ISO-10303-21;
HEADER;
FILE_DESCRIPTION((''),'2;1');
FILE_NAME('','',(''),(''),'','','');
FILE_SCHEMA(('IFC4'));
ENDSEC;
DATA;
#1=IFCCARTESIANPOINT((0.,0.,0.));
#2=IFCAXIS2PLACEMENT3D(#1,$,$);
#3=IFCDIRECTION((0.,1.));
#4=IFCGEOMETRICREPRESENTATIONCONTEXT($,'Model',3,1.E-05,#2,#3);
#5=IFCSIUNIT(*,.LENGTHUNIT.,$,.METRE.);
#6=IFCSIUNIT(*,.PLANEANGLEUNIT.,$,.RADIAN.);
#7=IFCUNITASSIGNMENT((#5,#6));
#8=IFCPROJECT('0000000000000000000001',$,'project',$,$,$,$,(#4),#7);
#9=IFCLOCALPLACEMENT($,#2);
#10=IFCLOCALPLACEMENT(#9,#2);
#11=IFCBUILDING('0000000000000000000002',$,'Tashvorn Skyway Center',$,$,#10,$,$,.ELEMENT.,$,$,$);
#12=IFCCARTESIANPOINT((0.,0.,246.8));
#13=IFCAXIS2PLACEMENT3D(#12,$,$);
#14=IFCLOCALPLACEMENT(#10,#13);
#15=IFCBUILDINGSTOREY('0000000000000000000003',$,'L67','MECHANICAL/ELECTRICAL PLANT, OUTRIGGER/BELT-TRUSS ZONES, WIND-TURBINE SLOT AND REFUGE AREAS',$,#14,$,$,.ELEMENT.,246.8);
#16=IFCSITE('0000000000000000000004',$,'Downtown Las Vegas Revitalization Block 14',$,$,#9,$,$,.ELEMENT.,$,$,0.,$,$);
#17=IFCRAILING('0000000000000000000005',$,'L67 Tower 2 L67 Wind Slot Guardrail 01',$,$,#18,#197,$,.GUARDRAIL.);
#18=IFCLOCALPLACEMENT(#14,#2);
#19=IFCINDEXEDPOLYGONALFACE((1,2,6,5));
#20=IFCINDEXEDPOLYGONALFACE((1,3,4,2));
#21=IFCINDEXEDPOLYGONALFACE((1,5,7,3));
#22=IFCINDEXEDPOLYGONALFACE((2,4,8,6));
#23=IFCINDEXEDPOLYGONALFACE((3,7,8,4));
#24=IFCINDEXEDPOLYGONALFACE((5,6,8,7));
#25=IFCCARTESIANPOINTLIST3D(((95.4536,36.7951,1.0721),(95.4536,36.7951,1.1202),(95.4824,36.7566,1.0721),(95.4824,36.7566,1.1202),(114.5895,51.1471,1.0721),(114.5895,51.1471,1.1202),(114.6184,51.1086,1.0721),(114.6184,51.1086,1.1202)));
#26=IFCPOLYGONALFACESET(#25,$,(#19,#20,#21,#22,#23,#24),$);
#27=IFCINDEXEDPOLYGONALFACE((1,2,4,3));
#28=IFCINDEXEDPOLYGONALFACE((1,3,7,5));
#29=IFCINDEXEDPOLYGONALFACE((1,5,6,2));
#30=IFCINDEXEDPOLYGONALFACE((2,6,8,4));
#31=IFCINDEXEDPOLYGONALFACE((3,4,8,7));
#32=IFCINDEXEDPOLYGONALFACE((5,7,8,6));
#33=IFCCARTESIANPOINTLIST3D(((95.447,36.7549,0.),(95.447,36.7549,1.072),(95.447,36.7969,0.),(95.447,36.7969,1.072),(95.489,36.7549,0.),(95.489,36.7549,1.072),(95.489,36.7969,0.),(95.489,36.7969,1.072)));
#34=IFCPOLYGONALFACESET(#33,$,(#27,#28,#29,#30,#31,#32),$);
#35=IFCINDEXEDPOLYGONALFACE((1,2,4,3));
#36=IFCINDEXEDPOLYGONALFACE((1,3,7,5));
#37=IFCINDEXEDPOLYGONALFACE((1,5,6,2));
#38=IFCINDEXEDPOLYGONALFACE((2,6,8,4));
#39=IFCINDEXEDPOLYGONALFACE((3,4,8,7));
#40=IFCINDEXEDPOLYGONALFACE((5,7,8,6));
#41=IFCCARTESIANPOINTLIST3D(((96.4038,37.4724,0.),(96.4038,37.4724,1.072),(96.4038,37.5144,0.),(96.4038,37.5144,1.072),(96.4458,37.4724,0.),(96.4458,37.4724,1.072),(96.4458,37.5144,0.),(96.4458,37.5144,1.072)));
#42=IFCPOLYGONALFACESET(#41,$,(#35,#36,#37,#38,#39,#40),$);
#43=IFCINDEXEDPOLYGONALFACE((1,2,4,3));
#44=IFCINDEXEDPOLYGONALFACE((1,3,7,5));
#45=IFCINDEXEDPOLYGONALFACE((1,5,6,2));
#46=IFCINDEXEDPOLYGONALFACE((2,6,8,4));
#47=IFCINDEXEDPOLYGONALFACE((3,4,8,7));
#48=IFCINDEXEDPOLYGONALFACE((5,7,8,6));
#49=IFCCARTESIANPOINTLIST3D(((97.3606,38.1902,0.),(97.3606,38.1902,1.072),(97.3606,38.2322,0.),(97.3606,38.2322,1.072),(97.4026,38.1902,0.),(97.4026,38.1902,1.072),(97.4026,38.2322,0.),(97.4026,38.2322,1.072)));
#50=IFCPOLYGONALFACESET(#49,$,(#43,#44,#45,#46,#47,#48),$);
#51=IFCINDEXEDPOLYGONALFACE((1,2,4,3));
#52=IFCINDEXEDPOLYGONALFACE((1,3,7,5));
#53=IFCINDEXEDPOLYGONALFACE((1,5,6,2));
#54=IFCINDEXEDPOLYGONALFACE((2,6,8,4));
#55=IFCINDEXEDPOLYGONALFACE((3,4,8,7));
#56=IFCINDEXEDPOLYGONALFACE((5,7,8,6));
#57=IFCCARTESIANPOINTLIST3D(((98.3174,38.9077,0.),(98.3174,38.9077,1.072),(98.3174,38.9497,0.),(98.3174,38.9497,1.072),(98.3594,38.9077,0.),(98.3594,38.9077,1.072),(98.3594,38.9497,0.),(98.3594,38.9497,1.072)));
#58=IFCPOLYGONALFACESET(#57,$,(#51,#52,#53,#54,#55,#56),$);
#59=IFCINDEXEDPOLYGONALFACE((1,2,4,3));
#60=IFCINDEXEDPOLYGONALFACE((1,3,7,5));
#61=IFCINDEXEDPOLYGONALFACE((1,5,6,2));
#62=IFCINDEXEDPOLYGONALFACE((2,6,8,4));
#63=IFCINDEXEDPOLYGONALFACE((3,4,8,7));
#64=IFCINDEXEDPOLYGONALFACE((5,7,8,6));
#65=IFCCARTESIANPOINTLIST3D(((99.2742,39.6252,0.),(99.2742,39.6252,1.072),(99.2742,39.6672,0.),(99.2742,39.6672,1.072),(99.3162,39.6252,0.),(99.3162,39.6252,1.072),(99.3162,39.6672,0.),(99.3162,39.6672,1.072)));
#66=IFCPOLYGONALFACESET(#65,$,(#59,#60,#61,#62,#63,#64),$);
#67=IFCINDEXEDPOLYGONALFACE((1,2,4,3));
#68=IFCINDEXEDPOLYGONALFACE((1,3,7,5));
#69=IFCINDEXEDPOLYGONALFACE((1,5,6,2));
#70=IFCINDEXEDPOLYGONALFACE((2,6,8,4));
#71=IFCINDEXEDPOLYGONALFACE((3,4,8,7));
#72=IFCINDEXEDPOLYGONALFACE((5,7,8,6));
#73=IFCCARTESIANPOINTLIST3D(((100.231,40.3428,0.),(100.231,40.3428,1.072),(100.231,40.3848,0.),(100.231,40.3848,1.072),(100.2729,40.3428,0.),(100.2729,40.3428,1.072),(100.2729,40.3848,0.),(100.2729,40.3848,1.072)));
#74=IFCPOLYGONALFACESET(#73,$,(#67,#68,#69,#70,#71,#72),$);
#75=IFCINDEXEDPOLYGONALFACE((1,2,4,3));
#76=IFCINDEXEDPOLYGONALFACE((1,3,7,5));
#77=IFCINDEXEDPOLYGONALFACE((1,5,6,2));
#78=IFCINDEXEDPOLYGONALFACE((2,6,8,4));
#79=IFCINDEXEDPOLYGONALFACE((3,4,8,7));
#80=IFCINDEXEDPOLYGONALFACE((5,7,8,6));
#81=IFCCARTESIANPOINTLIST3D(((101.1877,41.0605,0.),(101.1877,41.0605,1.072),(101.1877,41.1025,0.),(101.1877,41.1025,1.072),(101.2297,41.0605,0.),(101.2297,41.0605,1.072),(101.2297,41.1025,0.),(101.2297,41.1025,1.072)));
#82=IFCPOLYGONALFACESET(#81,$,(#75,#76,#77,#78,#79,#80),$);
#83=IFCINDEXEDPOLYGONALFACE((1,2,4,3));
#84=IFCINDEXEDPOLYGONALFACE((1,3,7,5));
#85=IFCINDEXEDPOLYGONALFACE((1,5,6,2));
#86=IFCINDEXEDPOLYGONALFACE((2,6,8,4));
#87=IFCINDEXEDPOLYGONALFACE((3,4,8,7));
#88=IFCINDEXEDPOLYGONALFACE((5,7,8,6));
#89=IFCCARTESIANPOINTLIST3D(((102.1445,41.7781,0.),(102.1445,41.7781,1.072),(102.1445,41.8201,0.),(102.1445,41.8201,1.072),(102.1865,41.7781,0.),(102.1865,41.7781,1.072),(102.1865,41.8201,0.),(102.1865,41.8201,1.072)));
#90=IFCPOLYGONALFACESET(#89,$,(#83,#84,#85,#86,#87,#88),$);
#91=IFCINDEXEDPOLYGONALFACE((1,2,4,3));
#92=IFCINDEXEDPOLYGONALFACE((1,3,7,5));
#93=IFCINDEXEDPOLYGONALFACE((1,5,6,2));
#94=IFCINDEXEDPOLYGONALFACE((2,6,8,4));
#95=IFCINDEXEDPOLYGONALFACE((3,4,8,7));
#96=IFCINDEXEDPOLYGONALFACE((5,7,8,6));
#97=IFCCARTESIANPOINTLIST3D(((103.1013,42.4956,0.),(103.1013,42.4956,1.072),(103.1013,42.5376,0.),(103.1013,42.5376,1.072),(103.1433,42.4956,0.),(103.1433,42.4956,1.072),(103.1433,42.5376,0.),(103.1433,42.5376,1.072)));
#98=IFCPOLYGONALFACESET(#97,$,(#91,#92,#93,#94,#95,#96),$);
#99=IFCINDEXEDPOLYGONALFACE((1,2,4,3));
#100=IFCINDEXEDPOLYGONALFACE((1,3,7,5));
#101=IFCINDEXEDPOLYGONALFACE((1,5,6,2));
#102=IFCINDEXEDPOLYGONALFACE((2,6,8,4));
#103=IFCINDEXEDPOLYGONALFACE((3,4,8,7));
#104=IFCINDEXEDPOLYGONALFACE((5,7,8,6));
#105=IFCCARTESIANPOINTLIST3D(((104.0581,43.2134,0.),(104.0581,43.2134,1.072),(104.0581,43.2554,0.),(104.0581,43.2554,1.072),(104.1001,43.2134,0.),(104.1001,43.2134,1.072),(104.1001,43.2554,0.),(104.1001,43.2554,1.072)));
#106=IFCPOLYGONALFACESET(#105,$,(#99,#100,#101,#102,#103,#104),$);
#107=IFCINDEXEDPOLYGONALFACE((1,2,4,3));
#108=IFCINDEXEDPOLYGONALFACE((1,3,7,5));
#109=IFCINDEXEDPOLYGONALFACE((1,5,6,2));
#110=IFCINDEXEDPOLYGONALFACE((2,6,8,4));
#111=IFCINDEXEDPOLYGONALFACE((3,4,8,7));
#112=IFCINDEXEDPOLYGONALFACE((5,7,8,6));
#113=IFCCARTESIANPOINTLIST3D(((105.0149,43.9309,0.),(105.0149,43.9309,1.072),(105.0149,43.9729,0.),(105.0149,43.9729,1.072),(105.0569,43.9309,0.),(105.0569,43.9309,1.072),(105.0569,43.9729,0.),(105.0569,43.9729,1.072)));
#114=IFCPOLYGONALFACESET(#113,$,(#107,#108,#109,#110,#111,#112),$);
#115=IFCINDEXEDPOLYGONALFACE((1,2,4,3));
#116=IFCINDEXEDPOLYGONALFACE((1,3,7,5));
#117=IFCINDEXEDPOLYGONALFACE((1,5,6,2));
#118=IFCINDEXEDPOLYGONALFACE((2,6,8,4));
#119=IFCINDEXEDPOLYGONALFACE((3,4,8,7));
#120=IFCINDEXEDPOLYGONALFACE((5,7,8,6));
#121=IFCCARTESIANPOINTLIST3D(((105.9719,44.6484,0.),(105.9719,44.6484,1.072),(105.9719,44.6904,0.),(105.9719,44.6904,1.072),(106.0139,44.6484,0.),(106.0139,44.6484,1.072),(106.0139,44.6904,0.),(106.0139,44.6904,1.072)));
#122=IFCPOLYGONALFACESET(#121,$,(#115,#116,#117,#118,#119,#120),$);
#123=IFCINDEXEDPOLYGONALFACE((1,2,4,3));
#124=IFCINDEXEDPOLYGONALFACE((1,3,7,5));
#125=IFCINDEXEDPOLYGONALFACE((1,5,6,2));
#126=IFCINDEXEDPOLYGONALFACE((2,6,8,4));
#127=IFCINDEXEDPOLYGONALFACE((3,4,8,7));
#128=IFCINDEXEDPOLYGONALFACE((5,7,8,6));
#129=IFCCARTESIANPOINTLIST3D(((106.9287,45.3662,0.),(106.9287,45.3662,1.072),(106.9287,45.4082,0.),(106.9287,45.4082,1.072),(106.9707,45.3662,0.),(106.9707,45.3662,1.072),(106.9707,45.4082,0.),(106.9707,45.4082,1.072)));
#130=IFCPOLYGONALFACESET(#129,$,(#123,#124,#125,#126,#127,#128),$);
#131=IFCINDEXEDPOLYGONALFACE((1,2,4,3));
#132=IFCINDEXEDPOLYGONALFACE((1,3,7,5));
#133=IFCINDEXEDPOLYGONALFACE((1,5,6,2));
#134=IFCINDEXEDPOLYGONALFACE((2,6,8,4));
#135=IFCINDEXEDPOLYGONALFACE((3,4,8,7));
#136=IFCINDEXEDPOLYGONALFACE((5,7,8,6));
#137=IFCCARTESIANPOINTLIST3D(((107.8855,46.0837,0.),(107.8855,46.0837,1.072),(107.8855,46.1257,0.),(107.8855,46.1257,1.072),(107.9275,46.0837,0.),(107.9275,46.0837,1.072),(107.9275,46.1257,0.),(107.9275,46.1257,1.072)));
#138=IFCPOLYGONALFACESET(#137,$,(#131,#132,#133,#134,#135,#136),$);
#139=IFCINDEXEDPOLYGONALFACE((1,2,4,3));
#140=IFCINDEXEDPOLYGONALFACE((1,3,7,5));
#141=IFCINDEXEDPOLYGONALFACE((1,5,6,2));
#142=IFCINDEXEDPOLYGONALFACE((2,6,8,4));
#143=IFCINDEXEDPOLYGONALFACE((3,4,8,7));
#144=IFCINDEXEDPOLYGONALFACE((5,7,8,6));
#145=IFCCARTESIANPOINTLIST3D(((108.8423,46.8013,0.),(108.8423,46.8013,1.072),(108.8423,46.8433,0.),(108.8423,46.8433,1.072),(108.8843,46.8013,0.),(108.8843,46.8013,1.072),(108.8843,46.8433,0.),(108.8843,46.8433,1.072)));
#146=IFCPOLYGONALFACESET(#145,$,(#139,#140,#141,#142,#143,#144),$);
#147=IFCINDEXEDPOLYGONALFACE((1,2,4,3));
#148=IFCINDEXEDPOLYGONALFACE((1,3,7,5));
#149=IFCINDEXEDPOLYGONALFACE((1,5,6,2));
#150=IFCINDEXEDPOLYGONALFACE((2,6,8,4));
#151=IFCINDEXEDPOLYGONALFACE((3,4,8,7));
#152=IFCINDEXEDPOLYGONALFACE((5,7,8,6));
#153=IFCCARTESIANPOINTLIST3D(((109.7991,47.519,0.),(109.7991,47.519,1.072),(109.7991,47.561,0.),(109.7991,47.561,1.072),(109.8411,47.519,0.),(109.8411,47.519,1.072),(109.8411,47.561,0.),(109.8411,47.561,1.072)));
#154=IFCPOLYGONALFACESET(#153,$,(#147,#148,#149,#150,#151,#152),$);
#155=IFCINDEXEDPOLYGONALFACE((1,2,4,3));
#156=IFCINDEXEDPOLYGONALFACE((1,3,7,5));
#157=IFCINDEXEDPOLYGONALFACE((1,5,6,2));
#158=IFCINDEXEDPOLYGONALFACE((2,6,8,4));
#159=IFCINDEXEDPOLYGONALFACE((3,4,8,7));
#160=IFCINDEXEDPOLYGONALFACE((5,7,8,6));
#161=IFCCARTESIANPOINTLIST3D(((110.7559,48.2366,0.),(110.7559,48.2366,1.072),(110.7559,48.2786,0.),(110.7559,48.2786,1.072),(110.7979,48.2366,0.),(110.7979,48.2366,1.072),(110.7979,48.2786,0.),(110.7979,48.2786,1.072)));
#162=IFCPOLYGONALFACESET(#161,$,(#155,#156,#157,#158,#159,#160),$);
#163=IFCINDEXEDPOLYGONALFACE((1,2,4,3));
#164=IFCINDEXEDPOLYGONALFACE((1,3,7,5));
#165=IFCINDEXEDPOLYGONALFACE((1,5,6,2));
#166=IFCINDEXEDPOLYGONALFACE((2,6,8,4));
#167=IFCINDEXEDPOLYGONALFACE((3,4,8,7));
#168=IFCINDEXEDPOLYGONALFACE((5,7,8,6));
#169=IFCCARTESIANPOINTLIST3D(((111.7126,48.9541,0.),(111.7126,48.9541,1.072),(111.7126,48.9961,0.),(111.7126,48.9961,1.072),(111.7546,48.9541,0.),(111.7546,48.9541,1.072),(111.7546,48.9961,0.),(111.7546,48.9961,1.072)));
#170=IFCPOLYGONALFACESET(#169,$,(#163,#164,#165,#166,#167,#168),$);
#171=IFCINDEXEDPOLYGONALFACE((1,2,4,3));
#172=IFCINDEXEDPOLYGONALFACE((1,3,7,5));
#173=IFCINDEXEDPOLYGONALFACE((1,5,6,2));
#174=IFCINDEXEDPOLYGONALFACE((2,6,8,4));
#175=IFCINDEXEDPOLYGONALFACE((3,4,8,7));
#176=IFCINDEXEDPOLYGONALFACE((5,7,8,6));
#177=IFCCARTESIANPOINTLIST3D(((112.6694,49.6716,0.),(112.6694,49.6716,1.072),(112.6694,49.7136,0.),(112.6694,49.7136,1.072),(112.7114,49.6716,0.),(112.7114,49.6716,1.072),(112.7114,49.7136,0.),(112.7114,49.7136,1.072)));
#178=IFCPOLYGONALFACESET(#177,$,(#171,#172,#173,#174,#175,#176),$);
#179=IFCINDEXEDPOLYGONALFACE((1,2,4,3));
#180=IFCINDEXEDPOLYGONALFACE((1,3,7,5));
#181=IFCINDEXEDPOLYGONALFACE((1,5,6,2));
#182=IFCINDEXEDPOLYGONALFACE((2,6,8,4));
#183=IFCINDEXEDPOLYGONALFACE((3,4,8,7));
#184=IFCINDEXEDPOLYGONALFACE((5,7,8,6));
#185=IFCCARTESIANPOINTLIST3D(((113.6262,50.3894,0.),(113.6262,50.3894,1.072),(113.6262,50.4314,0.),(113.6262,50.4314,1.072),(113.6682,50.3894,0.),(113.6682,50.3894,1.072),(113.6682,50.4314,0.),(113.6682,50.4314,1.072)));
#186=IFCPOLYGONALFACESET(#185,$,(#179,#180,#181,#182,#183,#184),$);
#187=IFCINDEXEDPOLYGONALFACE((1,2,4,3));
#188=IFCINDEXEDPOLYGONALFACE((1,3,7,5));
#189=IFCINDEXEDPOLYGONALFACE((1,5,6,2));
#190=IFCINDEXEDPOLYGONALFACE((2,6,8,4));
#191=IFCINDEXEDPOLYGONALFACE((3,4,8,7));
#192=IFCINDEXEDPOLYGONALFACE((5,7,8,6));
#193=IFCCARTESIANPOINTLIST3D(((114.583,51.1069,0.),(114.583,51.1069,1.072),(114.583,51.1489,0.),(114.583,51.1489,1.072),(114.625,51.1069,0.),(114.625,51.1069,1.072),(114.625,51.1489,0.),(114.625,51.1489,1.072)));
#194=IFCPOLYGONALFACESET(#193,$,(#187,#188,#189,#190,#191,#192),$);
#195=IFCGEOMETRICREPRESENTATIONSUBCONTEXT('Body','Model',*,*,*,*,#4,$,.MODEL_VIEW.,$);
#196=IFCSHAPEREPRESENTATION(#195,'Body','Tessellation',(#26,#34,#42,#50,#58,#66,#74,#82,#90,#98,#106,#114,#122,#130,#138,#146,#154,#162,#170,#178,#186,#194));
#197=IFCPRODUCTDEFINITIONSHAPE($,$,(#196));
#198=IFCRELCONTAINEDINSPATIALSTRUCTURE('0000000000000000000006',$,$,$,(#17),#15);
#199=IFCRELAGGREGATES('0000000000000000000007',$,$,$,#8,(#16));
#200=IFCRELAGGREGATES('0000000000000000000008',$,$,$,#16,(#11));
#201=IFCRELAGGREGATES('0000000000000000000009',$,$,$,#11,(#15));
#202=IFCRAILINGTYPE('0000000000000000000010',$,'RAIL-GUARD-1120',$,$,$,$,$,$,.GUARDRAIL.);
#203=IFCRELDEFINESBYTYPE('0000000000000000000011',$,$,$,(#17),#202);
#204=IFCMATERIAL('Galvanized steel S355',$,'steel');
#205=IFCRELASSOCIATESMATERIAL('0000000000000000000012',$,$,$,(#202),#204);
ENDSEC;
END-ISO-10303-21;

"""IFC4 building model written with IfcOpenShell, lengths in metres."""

from ifc_helpers import new_model, si_unit, direction, frame, origin, origin_2d, place, context, subcontext, project, spatial, rectangle, extrude, material, type_object, element, save


model = new_model("IFC4")

# Units and contexts
model_context = context("Model", 3, precision=1e-05, world=origin(), true_north=direction((0.0, 1.0)))
body_context = subcontext(model_context, "Body", "Model", "MODEL_VIEW")
ifc_project = project(units=[si_unit("LENGTHUNIT", "METRE"), si_unit("PLANEANGLEUNIT", "RADIAN")], contexts=[model_context])

# Site, building, storey
site_placement = place(None, origin())
site = spatial("IfcSite", under=ifc_project, at=site_placement, Name="Downtown Las Vegas Revitalization Block 14", CompositionType="ELEMENT", RefElevation=0.0)
building_placement = place(site_placement, origin())
building = spatial("IfcBuilding", under=site, at=building_placement, Name="Tashvorn Skyway Center", CompositionType="ELEMENT")
storey_placement = place(building_placement, frame((0.0, 0.0, 246.8)))
storey = spatial("IfcBuildingStorey", under=building, at=storey_placement, Name="L67", Description="MECHANICAL/ELECTRICAL PLANT, OUTRIGGER/BELT-TRUSS ZONES, WIND-TURBINE SLOT AND REFUGE AREAS", CompositionType="ELEMENT", Elevation=246.8)

# Railing
ifc_material_1 = material(Name="Galvanized steel S355", Category="steel")
railing_type = type_object("IfcRailingType", Name="RAIL-GUARD-1120", PredefinedType="GUARDRAIL", material=ifc_material_1)
railing_1_placement = place(storey_placement, frame((95.468, 36.7759, 0.0)))
element("IfcRailing", 1, at=railing_1_placement, inside=storey, type_object=railing_type, Name="L67 Tower 2 L67 Wind Slot Guardrail 01", PredefinedType="GUARDRAIL", context=body_context, shape_type="SweptSolid", body=[
    extrude(rectangle(XDim=0.0481, YDim=0.0481, at=origin_2d()), frame((0.0, 0.0, 1.0962), z_axis=(0.799999, 0.600002, 0.0), x_axis=(-0.600002, 0.799999, 0.0)), (0.0, 0.0, 1.0), 23.9199),
    extrude(rectangle(XDim=0.042, YDim=0.042, at=origin_2d()), origin(), (0.0, 0.0, 1.0), 1.072),
    extrude(rectangle(XDim=0.042, YDim=0.042, at=origin_2d()), frame((0.9568, 0.7175, 0.0)), (0.0, 0.0, 1.0), 1.072),
    extrude(rectangle(XDim=0.042, YDim=0.042, at=origin_2d()), frame((1.9136, 1.4353, 0.0)), (0.0, 0.0, 1.0), 1.072),
    extrude(rectangle(XDim=0.042, YDim=0.042, at=origin_2d()), frame((2.8704, 2.1528, 0.0)), (0.0, 0.0, 1.0), 1.072),
    extrude(rectangle(XDim=0.042, YDim=0.042, at=origin_2d()), frame((3.8271, 2.8704, 0.0)), (0.0, 0.0, 1.0), 1.072),
    extrude(rectangle(XDim=0.042, YDim=0.042, at=origin_2d()), frame((4.7839, 3.5879, 0.0)), (0.0, 0.0, 1.0), 1.072),
    extrude(rectangle(XDim=0.042, YDim=0.042, at=origin_2d()), frame((5.7407, 4.3057, 0.0)), (0.0, 0.0, 1.0), 1.072),
    extrude(rectangle(XDim=0.042, YDim=0.042, at=origin_2d()), frame((6.6975, 5.0232, 0.0)), (0.0, 0.0, 1.0), 1.072),
    extrude(rectangle(XDim=0.042, YDim=0.042, at=origin_2d()), frame((7.6543, 5.7407, 0.0)), (0.0, 0.0, 1.0), 1.072),
    extrude(rectangle(XDim=0.042, YDim=0.042, at=origin_2d()), frame((8.6111, 6.4585, 0.0)), (0.0, 0.0, 1.0), 1.072),
    extrude(rectangle(XDim=0.042, YDim=0.042, at=origin_2d()), frame((9.5679, 7.176, 0.0)), (0.0, 0.0, 1.0), 1.072),
    extrude(rectangle(XDim=0.042, YDim=0.042, at=origin_2d()), frame((10.5249, 7.8936, 0.0)), (0.0, 0.0, 1.0), 1.072),
    extrude(rectangle(XDim=0.042, YDim=0.042, at=origin_2d()), frame((11.4817, 8.6113, 0.0)), (0.0, 0.0, 1.0), 1.072),
    extrude(rectangle(XDim=0.042, YDim=0.042, at=origin_2d()), frame((12.4385, 9.3289, 0.0)), (0.0, 0.0, 1.0), 1.072),
    extrude(rectangle(XDim=0.042, YDim=0.042, at=origin_2d()), frame((13.3953, 10.0464, 0.0)), (0.0, 0.0, 1.0), 1.072),
    extrude(rectangle(XDim=0.042, YDim=0.042, at=origin_2d()), frame((14.3521, 10.7642, 0.0)), (0.0, 0.0, 1.0), 1.072),
    extrude(rectangle(XDim=0.042, YDim=0.042, at=origin_2d()), frame((15.3088, 11.4817, 0.0)), (0.0, 0.0, 1.0), 1.072),
    extrude(rectangle(XDim=0.042, YDim=0.042, at=origin_2d()), frame((16.2656, 12.1992, 0.0)), (0.0, 0.0, 1.0), 1.072),
    extrude(rectangle(XDim=0.042, YDim=0.042, at=origin_2d()), frame((17.2224, 12.9167, 0.0)), (0.0, 0.0, 1.0), 1.072),
    extrude(rectangle(XDim=0.042, YDim=0.042, at=origin_2d()), frame((18.1792, 13.6345, 0.0)), (0.0, 0.0, 1.0), 1.072),
    extrude(rectangle(XDim=0.042, YDim=0.042, at=origin_2d()), frame((19.136, 14.3521, 0.0)), (0.0, 0.0, 1.0), 1.072),
])

save(model, "model.ifc")
